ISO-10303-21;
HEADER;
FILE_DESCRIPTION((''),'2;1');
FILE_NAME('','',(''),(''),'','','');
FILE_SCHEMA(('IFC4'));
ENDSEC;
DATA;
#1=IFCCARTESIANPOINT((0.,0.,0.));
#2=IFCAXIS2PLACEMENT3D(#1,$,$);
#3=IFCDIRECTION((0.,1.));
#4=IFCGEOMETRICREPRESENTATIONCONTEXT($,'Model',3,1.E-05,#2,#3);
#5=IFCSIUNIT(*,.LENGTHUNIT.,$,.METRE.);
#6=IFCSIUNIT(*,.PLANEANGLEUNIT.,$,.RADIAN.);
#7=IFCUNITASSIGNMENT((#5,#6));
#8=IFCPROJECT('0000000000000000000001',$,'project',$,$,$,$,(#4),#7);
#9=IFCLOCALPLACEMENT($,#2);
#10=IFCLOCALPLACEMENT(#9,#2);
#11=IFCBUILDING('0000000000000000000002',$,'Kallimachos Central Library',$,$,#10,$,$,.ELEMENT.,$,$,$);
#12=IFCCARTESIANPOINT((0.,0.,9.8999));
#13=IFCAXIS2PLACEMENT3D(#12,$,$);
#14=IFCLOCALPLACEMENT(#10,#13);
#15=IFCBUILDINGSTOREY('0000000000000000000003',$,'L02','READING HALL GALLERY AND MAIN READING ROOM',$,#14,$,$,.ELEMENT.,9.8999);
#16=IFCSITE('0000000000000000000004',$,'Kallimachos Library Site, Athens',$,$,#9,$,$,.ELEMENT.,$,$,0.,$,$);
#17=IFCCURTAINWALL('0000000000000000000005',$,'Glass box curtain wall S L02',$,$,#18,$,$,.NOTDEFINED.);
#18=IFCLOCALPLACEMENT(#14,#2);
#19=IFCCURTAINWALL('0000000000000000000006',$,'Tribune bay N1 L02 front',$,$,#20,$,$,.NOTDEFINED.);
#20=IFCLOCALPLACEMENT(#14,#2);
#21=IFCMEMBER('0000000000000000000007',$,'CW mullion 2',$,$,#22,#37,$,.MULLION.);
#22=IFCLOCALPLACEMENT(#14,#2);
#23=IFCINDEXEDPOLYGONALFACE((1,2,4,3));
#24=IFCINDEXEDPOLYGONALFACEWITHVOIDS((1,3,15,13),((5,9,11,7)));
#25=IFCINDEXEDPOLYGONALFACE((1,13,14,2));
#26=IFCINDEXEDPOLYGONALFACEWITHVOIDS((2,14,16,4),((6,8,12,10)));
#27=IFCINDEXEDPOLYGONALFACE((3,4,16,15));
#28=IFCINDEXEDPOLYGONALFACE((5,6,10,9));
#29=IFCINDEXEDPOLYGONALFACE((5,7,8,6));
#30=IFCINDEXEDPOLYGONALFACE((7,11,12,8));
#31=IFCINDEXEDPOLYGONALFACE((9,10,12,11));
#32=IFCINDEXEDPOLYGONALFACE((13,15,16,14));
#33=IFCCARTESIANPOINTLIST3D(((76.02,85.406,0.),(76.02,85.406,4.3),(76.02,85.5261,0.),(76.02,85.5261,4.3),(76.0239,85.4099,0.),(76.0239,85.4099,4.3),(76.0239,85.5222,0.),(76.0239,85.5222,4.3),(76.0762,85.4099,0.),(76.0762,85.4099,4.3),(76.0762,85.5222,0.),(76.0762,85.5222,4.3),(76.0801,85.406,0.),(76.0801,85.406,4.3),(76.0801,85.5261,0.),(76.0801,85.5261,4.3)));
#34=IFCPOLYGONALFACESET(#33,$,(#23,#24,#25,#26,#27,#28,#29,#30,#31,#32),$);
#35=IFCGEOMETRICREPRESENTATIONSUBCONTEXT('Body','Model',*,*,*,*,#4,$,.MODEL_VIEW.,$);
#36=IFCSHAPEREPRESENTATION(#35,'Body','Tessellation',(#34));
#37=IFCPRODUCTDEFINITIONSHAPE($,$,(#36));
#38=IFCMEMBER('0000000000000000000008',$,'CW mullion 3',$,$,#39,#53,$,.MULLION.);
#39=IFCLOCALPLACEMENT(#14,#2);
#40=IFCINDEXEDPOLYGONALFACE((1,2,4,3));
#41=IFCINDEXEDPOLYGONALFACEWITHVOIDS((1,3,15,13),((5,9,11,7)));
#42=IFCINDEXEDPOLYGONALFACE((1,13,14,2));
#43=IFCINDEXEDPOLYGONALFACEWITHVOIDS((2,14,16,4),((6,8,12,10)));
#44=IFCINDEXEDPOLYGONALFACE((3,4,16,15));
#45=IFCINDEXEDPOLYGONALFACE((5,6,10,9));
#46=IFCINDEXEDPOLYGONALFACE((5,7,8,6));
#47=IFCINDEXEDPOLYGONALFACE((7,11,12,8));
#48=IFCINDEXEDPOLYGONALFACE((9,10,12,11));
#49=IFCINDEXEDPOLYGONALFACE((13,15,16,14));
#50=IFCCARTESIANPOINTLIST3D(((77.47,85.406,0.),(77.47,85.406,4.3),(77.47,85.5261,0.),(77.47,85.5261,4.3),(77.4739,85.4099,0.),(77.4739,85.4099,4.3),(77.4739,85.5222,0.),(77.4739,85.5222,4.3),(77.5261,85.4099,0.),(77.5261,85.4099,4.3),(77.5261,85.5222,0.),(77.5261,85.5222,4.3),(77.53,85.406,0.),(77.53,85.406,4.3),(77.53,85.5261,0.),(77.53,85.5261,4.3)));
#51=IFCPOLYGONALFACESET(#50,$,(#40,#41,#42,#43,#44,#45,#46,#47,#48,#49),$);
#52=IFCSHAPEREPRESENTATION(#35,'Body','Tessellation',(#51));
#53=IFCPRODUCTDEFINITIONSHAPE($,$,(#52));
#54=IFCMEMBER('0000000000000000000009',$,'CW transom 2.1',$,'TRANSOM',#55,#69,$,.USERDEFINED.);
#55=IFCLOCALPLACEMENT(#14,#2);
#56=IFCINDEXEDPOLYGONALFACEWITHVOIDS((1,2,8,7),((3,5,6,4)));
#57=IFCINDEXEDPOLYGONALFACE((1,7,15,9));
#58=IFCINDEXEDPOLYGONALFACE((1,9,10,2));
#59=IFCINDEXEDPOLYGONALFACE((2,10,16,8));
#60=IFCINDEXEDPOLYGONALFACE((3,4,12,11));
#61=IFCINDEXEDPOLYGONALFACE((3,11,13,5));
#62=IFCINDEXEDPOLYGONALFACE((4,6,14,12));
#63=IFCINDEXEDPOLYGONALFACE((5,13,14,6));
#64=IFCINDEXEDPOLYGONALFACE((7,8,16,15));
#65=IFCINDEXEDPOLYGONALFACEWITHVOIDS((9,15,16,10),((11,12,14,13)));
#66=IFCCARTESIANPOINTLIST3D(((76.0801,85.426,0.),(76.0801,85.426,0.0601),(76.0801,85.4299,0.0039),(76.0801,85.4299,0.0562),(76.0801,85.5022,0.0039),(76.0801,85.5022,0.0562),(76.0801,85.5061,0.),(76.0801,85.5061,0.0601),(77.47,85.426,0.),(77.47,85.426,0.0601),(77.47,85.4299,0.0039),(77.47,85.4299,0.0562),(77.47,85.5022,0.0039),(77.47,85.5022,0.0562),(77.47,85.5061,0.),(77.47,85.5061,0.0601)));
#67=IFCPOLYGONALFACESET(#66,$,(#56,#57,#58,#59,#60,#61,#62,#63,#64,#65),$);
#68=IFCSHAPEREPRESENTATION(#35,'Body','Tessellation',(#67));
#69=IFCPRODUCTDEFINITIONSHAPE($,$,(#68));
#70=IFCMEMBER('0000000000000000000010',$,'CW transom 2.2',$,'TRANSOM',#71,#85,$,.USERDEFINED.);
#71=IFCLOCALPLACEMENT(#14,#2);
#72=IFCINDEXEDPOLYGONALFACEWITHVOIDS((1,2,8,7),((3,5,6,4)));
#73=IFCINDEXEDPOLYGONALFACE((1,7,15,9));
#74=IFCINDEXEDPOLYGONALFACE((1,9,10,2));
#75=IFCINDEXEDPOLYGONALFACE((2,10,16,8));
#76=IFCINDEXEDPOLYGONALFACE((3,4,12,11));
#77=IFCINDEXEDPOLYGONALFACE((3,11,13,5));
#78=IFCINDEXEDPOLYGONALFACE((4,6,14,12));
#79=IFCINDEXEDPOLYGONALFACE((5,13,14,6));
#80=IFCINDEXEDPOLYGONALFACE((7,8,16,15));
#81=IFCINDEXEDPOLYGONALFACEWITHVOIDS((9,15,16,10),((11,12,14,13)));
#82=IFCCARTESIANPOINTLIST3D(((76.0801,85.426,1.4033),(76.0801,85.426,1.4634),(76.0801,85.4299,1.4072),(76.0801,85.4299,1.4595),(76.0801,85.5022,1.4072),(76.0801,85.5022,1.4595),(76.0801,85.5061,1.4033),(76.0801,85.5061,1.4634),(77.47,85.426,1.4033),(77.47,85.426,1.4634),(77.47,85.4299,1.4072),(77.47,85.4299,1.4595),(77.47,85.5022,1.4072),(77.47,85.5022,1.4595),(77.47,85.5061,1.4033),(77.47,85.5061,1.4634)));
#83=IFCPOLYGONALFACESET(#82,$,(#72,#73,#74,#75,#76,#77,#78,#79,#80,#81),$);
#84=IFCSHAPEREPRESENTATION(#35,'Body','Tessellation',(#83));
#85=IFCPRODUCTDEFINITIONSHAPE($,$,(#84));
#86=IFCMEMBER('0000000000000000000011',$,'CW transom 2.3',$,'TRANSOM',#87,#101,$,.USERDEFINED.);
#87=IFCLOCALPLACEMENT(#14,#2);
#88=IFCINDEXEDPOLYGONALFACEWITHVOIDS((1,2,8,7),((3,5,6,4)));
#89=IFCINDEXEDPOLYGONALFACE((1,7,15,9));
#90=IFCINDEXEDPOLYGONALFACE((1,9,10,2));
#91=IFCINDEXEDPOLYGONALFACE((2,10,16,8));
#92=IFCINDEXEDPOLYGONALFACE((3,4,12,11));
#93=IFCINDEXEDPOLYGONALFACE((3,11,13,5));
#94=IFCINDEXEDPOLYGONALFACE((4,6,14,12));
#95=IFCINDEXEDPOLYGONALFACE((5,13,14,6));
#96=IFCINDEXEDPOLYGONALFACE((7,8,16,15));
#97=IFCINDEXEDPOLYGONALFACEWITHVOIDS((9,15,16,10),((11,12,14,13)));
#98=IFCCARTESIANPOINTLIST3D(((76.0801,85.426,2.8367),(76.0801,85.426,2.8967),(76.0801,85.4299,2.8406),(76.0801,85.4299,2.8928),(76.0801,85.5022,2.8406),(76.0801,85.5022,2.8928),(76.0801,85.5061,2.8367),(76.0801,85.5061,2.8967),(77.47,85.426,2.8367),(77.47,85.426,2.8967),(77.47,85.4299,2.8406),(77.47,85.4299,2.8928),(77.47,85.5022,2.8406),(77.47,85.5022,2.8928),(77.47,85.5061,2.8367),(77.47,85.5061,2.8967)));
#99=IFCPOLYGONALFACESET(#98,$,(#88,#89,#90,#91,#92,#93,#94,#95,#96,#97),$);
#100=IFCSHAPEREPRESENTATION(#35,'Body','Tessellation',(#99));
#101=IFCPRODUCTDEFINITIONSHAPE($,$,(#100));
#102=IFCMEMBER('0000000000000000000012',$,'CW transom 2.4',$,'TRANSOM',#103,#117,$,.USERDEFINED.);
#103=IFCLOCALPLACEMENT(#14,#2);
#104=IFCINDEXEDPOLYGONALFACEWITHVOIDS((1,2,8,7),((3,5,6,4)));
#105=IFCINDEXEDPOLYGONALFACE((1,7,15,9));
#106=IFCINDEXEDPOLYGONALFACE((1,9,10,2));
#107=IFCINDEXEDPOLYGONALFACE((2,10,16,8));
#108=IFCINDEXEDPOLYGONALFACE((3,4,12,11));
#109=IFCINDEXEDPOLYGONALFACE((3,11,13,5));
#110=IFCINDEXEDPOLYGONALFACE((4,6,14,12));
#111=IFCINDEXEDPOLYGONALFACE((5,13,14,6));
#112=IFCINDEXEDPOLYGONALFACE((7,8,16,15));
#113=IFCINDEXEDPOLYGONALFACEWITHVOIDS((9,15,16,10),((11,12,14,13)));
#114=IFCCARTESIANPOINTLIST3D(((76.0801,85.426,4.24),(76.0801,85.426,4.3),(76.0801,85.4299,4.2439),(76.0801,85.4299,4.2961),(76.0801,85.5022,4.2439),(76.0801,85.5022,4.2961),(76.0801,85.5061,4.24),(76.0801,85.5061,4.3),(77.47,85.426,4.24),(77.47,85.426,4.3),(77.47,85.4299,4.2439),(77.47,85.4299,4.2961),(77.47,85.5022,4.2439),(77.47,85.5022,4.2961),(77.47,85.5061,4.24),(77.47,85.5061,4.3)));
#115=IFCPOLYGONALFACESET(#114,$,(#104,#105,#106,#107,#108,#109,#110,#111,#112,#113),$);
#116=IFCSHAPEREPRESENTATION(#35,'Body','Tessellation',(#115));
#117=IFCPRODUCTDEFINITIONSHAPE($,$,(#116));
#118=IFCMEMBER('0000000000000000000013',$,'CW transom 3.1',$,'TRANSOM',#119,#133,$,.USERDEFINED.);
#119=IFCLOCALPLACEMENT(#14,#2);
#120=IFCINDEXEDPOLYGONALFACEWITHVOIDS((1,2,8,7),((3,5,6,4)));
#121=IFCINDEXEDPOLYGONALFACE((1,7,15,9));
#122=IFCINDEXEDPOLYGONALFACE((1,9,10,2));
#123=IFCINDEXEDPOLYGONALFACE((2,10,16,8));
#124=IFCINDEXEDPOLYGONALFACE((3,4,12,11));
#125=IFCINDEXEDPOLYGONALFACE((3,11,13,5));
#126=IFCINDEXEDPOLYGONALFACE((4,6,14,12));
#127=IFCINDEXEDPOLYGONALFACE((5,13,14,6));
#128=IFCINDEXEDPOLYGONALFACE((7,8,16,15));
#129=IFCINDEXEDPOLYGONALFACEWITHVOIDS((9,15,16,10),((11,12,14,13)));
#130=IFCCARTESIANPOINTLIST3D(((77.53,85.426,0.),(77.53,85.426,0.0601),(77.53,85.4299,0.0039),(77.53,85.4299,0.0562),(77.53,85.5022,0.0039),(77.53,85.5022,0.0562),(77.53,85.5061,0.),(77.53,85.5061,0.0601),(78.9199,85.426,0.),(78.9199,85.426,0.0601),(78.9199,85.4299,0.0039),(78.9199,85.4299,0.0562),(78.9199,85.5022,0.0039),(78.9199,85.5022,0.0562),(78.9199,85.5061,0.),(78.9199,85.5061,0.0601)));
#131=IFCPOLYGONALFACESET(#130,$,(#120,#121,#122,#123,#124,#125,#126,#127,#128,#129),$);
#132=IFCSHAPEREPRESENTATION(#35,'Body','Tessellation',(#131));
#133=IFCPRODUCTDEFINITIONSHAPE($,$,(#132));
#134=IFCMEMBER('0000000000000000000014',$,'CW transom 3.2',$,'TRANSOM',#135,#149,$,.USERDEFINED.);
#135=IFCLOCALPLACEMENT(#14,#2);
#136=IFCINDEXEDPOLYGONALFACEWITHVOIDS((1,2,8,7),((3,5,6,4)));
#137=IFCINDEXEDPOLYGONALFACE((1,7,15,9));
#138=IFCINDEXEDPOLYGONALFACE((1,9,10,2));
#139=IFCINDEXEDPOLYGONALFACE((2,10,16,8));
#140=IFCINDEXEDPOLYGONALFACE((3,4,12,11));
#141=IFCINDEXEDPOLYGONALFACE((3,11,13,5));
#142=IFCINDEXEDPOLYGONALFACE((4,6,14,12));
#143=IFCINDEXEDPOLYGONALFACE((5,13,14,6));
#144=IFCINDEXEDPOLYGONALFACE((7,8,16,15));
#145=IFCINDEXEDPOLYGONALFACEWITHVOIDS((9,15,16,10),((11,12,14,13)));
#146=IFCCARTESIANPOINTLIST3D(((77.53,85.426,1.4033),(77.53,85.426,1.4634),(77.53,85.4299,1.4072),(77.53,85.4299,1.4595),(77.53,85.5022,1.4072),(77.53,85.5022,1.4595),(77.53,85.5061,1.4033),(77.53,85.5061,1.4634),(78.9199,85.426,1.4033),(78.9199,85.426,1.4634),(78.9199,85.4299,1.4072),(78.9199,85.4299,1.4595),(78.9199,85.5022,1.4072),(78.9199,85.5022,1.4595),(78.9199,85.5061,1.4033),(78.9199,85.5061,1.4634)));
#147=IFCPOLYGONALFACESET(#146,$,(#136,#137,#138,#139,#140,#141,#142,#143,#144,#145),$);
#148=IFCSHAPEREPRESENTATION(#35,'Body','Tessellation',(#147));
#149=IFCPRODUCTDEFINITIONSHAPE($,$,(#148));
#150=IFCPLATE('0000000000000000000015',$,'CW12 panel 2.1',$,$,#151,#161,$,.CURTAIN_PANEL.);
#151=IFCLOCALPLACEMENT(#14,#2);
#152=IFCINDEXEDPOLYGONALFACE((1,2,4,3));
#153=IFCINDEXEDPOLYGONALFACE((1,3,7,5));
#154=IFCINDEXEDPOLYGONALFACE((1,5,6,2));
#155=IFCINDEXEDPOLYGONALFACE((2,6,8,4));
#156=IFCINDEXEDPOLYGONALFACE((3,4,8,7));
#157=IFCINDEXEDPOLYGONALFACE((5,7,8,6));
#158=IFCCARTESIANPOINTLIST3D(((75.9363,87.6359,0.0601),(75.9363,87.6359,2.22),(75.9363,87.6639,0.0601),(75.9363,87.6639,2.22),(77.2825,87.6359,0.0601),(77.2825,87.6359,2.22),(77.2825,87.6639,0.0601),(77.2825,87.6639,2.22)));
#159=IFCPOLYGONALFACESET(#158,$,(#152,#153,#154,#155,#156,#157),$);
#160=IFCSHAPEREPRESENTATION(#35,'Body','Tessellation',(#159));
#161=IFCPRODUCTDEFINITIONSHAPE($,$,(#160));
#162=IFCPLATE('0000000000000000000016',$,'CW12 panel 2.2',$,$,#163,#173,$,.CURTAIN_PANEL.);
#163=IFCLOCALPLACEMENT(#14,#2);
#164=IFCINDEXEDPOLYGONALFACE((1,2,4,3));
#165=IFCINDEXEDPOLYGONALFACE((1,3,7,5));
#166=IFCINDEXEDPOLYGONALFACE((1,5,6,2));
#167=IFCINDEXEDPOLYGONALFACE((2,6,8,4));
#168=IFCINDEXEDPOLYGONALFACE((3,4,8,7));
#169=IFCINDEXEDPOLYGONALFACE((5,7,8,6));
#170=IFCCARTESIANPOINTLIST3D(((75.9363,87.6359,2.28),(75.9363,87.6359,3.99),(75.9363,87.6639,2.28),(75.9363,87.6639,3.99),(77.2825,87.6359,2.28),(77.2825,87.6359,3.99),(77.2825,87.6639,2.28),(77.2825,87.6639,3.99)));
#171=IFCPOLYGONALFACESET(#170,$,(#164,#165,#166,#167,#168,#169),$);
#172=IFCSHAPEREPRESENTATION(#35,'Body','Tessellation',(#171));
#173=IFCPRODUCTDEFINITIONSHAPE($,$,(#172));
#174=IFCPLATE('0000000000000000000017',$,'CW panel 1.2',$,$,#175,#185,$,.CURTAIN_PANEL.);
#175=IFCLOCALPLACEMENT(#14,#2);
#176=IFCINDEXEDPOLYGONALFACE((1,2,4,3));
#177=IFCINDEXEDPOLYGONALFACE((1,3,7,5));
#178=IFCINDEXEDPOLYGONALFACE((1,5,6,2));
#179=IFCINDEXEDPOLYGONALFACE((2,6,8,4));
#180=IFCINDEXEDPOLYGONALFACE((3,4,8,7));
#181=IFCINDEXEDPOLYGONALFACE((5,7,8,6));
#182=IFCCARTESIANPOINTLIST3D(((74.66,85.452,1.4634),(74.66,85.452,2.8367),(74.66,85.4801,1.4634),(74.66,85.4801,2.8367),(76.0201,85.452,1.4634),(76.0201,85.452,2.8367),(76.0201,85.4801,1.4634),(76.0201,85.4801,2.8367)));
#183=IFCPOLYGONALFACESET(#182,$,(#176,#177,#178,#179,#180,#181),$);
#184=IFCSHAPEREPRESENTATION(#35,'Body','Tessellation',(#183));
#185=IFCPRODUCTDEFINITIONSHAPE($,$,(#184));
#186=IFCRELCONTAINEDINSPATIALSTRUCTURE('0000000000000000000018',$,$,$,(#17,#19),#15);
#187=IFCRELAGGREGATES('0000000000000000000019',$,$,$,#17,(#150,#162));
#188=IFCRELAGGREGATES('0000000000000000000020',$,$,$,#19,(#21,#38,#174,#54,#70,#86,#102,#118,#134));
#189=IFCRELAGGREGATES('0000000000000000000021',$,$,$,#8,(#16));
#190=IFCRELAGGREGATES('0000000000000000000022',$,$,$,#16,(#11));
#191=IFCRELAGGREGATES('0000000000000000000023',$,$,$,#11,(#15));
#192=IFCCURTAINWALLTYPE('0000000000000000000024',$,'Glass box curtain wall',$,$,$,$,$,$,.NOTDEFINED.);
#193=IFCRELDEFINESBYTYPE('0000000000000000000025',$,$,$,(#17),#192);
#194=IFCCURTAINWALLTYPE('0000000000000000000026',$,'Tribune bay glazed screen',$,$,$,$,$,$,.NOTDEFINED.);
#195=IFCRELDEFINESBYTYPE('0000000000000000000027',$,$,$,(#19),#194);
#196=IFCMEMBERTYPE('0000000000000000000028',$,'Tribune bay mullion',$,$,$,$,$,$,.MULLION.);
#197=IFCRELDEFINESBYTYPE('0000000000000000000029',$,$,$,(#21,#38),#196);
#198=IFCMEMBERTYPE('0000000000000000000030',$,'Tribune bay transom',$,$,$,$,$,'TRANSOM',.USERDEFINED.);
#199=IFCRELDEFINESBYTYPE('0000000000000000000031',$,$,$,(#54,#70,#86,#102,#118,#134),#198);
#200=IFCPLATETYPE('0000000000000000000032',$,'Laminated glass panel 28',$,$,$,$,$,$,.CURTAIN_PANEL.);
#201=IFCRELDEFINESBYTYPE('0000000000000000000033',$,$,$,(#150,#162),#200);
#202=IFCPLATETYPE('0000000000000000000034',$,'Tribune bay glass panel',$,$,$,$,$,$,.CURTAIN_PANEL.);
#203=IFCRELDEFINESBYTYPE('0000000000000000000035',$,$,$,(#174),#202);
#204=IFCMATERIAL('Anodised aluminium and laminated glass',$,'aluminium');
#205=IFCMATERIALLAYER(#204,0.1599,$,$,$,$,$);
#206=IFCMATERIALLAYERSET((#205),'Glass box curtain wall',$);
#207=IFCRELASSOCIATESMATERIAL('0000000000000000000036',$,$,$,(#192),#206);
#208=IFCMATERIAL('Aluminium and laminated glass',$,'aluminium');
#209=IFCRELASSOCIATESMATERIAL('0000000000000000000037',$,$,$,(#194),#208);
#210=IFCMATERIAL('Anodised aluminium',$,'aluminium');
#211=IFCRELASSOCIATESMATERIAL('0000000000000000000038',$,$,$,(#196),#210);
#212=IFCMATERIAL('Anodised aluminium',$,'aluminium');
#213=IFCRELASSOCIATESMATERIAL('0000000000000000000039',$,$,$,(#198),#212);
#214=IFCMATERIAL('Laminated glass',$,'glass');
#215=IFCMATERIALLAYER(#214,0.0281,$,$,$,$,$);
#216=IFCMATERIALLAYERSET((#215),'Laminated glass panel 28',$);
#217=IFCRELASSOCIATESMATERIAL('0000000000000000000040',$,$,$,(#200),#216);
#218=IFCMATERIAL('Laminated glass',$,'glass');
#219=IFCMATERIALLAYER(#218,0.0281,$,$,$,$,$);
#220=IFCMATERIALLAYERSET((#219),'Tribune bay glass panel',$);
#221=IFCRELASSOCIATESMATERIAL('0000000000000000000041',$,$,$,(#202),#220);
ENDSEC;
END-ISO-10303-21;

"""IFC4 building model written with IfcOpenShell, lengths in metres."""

from ifc_helpers import new_model, si_unit, direction, frame, origin, origin_2d, place, context, subcontext, project, spatial, rectangle, hollow_rectangle, extrude, material, layer, layer_set, material_profile, profile_set, type_object, element, aggregate, save


model = new_model("IFC4")

# Units and contexts
model_context = context("Model", 3, precision=1e-05, world=origin(), true_north=direction((0.0, 1.0)))
body_context = subcontext(model_context, "Body", "Model", "MODEL_VIEW")
ifc_project = project(units=[si_unit("LENGTHUNIT", "METRE"), si_unit("PLANEANGLEUNIT", "RADIAN")], contexts=[model_context])

# Site, building, storey
site_placement = place(None, origin())
site = spatial("IfcSite", under=ifc_project, at=site_placement, Name="Kallimachos Library Site, Athens", CompositionType="ELEMENT", RefElevation=0.0)
building_placement = place(site_placement, origin())
building = spatial("IfcBuilding", under=site, at=building_placement, Name="Kallimachos Central Library", CompositionType="ELEMENT")
storey_placement = place(building_placement, frame((0.0, 0.0, 9.8999)))
storey = spatial("IfcBuildingStorey", under=building, at=storey_placement, Name="L02", Description="READING HALL GALLERY AND MAIN READING ROOM", CompositionType="ELEMENT", Elevation=9.8999)

# Curtain wall
ifc_material_1 = material(Name="Anodised aluminium and laminated glass", Category="aluminium")
ifc_layer_1 = layer(ifc_material_1, 0.1599)
ifc_layer_set_1 = layer_set([ifc_layer_1], Name="Glass box curtain wall")
curtain_wall_type_1 = type_object("IfcCurtainWallType", Name="Glass box curtain wall", PredefinedType="NOTDEFINED", material=ifc_layer_set_1)
curtain_wall_1_placement = place(storey_placement, origin())
curtain_wall_1 = element("IfcCurtainWall", 1, at=curtain_wall_1_placement, inside=storey, type_object=curtain_wall_type_1, Name="Glass box curtain wall S L02", PredefinedType="NOTDEFINED")

# Curtain wall, members
ifc_material_2 = material(Name="Aluminium and laminated glass", Category="aluminium")
curtain_wall_type_2 = type_object("IfcCurtainWallType", Name="Tribune bay glazed screen", PredefinedType="NOTDEFINED", material=ifc_material_2)
curtain_wall_2_placement = place(storey_placement, origin())
curtain_wall_2 = element("IfcCurtainWall", 2, at=curtain_wall_2_placement, inside=storey, type_object=curtain_wall_type_2, Name="Tribune bay N1 L02 front", PredefinedType="NOTDEFINED")
ifc_material_3 = material(Name="Anodised aluminium", Category="aluminium")
ifc_material_profile_1 = material_profile(ifc_material_3, hollow_rectangle(XDim=0.0601, YDim=0.1201, WallThickness=0.0039, at=origin_2d()), Name="ALU MULLION 60x120")
ifc_profile_set_1 = profile_set([ifc_material_profile_1], Name="Anodised aluminium")
member_type_1 = type_object("IfcMemberType", Name="Tribune bay mullion", PredefinedType="MULLION", material=ifc_profile_set_1)
member_1_placement = place(storey_placement, frame((76.05, 85.4661, 0.0), z_axis=(0.0, 0.0, 1.0), x_axis=(1.0, 0.0, 0.0)))
member_1 = element("IfcMember", 3, at=member_1_placement, type_object=member_type_1, Name="CW mullion 2", PredefinedType="MULLION", context=body_context, shape_type="SweptSolid", body=[
    extrude(hollow_rectangle(XDim=0.0601, YDim=0.1201, WallThickness=0.0039, at=origin_2d()), origin(), (0.0, 0.0, 1.0), 4.3),
])
member_2_placement = place(storey_placement, frame((77.5, 85.4661, 0.0), z_axis=(0.0, 0.0, 1.0), x_axis=(1.0, 0.0, 0.0)))
member_2 = element("IfcMember", 4, at=member_2_placement, type_object=member_type_1, Name="CW mullion 3", PredefinedType="MULLION", context=body_context, shape_type="SweptSolid", body=[
    extrude(hollow_rectangle(XDim=0.0601, YDim=0.1201, WallThickness=0.0039, at=origin_2d()), origin(), (0.0, 0.0, 1.0), 4.3),
])
ifc_material_4 = material(Name="Anodised aluminium", Category="aluminium")
ifc_material_profile_2 = material_profile(ifc_material_4, hollow_rectangle(XDim=0.0601, YDim=0.0801, WallThickness=0.0039, at=origin_2d()), Name="ALU TRANSOM 60x80")
ifc_profile_set_2 = profile_set([ifc_material_profile_2], Name="Anodised aluminium")
member_type_2 = type_object("IfcMemberType", Name="Tribune bay transom", ElementType="TRANSOM", PredefinedType="USERDEFINED", material=ifc_profile_set_2)
member_3_placement = place(storey_placement, frame((76.0801, 85.4661, 0.03), z_axis=(1.0, 0.0, 0.0), x_axis=(0.0, 0.0, 1.0)))
member_3 = element("IfcMember", 5, at=member_3_placement, type_object=member_type_2, Name="CW transom 2.1", ObjectType="TRANSOM", PredefinedType="USERDEFINED", context=body_context, shape_type="SweptSolid", body=[
    extrude(hollow_rectangle(XDim=0.0601, YDim=0.0801, WallThickness=0.0039, at=origin_2d()), origin(), (0.0, 0.0, 1.0), 1.3899),
])
member_4_placement = place(storey_placement, frame((76.0801, 85.4661, 1.4333), z_axis=(1.0, 0.0, 0.0), x_axis=(0.0, 0.0, 1.0)))
member_4 = element("IfcMember", 6, at=member_4_placement, type_object=member_type_2, Name="CW transom 2.2", ObjectType="TRANSOM", PredefinedType="USERDEFINED", context=body_context, shape_type="SweptSolid", body=[
    extrude(hollow_rectangle(XDim=0.0601, YDim=0.0801, WallThickness=0.0039, at=origin_2d()), origin(), (0.0, 0.0, 1.0), 1.3899),
])
member_5_placement = place(storey_placement, frame((76.0801, 85.4661, 2.8667), z_axis=(1.0, 0.0, 0.0), x_axis=(0.0, 0.0, 1.0)))
member_5 = element("IfcMember", 7, at=member_5_placement, type_object=member_type_2, Name="CW transom 2.3", ObjectType="TRANSOM", PredefinedType="USERDEFINED", context=body_context, shape_type="SweptSolid", body=[
    extrude(hollow_rectangle(XDim=0.0601, YDim=0.0801, WallThickness=0.0039, at=origin_2d()), origin(), (0.0, 0.0, 1.0), 1.3899),
])
member_6_placement = place(storey_placement, frame((76.0801, 85.4661, 4.27), z_axis=(1.0, 0.0, 0.0), x_axis=(0.0, 0.0, 1.0)))
member_6 = element("IfcMember", 8, at=member_6_placement, type_object=member_type_2, Name="CW transom 2.4", ObjectType="TRANSOM", PredefinedType="USERDEFINED", context=body_context, shape_type="SweptSolid", body=[
    extrude(hollow_rectangle(XDim=0.0601, YDim=0.0801, WallThickness=0.0039, at=origin_2d()), origin(), (0.0, 0.0, 1.0), 1.3899),
])
member_7_placement = place(storey_placement, frame((77.53, 85.4661, 0.03), z_axis=(1.0, 0.0, 0.0), x_axis=(0.0, 0.0, 1.0)))
member_7 = element("IfcMember", 9, at=member_7_placement, type_object=member_type_2, Name="CW transom 3.1", ObjectType="TRANSOM", PredefinedType="USERDEFINED", context=body_context, shape_type="SweptSolid", body=[
    extrude(hollow_rectangle(XDim=0.0601, YDim=0.0801, WallThickness=0.0039, at=origin_2d()), origin(), (0.0, 0.0, 1.0), 1.3899),
])
member_8_placement = place(storey_placement, frame((77.53, 85.4661, 1.4333), z_axis=(1.0, 0.0, 0.0), x_axis=(0.0, 0.0, 1.0)))
member_8 = element("IfcMember", 10, at=member_8_placement, type_object=member_type_2, Name="CW transom 3.2", ObjectType="TRANSOM", PredefinedType="USERDEFINED", context=body_context, shape_type="SweptSolid", body=[
    extrude(hollow_rectangle(XDim=0.0601, YDim=0.0801, WallThickness=0.0039, at=origin_2d()), origin(), (0.0, 0.0, 1.0), 1.3899),
])

# Plates
ifc_material_5 = material(Name="Laminated glass", Category="glass")
ifc_layer_2 = layer(ifc_material_5, 0.0281)
ifc_layer_set_2 = layer_set([ifc_layer_2], Name="Laminated glass panel 28")
plate_type_1 = type_object("IfcPlateType", Name="Laminated glass panel 28", PredefinedType="CURTAIN_PANEL", material=ifc_layer_set_2)
plate_1_placement = place(storey_placement, frame((76.6094, 87.6499, 0.0601), z_axis=(0.0, 0.0, 1.0), x_axis=(1.0, 0.0, 0.0)))
plate_1 = element("IfcPlate", 11, at=plate_1_placement, type_object=plate_type_1, Name="CW12 panel 2.1", PredefinedType="CURTAIN_PANEL", context=body_context, shape_type="SweptSolid", body=[
    extrude(rectangle(XDim=1.3462, YDim=0.0281, at=origin_2d()), origin(), (0.0, 0.0, 1.0), 2.1599),
])
plate_2_placement = place(storey_placement, frame((76.6094, 87.6499, 2.28), z_axis=(0.0, 0.0, 1.0), x_axis=(1.0, 0.0, 0.0)))
plate_2 = element("IfcPlate", 12, at=plate_2_placement, type_object=plate_type_1, Name="CW12 panel 2.2", PredefinedType="CURTAIN_PANEL", context=body_context, shape_type="SweptSolid", body=[
    extrude(rectangle(XDim=1.3462, YDim=0.0281, at=origin_2d()), origin(), (0.0, 0.0, 1.0), 1.71),
])
aggregate(curtain_wall_1, [plate_1, plate_2])
ifc_material_6 = material(Name="Laminated glass", Category="glass")
ifc_layer_3 = layer(ifc_material_6, 0.0281)
ifc_layer_set_3 = layer_set([ifc_layer_3], Name="Tribune bay glass panel")
plate_type_2 = type_object("IfcPlateType", Name="Tribune bay glass panel", PredefinedType="CURTAIN_PANEL", material=ifc_layer_set_3)
plate_3_placement = place(storey_placement, frame((75.3401, 85.4661, 1.4634), z_axis=(0.0, 0.0, 1.0), x_axis=(1.0, 0.0, 0.0)))
plate_3 = element("IfcPlate", 13, at=plate_3_placement, type_object=plate_type_2, Name="CW panel 1.2", PredefinedType="CURTAIN_PANEL", context=body_context, shape_type="SweptSolid", body=[
    extrude(rectangle(XDim=1.3601, YDim=0.0281, at=origin_2d()), origin(), (0.0, 0.0, 1.0), 1.3733),
])
aggregate(curtain_wall_2, [member_1, member_2, plate_3, member_3, member_4, member_5, member_6, member_7, member_8])

save(model, "model.ifc")
